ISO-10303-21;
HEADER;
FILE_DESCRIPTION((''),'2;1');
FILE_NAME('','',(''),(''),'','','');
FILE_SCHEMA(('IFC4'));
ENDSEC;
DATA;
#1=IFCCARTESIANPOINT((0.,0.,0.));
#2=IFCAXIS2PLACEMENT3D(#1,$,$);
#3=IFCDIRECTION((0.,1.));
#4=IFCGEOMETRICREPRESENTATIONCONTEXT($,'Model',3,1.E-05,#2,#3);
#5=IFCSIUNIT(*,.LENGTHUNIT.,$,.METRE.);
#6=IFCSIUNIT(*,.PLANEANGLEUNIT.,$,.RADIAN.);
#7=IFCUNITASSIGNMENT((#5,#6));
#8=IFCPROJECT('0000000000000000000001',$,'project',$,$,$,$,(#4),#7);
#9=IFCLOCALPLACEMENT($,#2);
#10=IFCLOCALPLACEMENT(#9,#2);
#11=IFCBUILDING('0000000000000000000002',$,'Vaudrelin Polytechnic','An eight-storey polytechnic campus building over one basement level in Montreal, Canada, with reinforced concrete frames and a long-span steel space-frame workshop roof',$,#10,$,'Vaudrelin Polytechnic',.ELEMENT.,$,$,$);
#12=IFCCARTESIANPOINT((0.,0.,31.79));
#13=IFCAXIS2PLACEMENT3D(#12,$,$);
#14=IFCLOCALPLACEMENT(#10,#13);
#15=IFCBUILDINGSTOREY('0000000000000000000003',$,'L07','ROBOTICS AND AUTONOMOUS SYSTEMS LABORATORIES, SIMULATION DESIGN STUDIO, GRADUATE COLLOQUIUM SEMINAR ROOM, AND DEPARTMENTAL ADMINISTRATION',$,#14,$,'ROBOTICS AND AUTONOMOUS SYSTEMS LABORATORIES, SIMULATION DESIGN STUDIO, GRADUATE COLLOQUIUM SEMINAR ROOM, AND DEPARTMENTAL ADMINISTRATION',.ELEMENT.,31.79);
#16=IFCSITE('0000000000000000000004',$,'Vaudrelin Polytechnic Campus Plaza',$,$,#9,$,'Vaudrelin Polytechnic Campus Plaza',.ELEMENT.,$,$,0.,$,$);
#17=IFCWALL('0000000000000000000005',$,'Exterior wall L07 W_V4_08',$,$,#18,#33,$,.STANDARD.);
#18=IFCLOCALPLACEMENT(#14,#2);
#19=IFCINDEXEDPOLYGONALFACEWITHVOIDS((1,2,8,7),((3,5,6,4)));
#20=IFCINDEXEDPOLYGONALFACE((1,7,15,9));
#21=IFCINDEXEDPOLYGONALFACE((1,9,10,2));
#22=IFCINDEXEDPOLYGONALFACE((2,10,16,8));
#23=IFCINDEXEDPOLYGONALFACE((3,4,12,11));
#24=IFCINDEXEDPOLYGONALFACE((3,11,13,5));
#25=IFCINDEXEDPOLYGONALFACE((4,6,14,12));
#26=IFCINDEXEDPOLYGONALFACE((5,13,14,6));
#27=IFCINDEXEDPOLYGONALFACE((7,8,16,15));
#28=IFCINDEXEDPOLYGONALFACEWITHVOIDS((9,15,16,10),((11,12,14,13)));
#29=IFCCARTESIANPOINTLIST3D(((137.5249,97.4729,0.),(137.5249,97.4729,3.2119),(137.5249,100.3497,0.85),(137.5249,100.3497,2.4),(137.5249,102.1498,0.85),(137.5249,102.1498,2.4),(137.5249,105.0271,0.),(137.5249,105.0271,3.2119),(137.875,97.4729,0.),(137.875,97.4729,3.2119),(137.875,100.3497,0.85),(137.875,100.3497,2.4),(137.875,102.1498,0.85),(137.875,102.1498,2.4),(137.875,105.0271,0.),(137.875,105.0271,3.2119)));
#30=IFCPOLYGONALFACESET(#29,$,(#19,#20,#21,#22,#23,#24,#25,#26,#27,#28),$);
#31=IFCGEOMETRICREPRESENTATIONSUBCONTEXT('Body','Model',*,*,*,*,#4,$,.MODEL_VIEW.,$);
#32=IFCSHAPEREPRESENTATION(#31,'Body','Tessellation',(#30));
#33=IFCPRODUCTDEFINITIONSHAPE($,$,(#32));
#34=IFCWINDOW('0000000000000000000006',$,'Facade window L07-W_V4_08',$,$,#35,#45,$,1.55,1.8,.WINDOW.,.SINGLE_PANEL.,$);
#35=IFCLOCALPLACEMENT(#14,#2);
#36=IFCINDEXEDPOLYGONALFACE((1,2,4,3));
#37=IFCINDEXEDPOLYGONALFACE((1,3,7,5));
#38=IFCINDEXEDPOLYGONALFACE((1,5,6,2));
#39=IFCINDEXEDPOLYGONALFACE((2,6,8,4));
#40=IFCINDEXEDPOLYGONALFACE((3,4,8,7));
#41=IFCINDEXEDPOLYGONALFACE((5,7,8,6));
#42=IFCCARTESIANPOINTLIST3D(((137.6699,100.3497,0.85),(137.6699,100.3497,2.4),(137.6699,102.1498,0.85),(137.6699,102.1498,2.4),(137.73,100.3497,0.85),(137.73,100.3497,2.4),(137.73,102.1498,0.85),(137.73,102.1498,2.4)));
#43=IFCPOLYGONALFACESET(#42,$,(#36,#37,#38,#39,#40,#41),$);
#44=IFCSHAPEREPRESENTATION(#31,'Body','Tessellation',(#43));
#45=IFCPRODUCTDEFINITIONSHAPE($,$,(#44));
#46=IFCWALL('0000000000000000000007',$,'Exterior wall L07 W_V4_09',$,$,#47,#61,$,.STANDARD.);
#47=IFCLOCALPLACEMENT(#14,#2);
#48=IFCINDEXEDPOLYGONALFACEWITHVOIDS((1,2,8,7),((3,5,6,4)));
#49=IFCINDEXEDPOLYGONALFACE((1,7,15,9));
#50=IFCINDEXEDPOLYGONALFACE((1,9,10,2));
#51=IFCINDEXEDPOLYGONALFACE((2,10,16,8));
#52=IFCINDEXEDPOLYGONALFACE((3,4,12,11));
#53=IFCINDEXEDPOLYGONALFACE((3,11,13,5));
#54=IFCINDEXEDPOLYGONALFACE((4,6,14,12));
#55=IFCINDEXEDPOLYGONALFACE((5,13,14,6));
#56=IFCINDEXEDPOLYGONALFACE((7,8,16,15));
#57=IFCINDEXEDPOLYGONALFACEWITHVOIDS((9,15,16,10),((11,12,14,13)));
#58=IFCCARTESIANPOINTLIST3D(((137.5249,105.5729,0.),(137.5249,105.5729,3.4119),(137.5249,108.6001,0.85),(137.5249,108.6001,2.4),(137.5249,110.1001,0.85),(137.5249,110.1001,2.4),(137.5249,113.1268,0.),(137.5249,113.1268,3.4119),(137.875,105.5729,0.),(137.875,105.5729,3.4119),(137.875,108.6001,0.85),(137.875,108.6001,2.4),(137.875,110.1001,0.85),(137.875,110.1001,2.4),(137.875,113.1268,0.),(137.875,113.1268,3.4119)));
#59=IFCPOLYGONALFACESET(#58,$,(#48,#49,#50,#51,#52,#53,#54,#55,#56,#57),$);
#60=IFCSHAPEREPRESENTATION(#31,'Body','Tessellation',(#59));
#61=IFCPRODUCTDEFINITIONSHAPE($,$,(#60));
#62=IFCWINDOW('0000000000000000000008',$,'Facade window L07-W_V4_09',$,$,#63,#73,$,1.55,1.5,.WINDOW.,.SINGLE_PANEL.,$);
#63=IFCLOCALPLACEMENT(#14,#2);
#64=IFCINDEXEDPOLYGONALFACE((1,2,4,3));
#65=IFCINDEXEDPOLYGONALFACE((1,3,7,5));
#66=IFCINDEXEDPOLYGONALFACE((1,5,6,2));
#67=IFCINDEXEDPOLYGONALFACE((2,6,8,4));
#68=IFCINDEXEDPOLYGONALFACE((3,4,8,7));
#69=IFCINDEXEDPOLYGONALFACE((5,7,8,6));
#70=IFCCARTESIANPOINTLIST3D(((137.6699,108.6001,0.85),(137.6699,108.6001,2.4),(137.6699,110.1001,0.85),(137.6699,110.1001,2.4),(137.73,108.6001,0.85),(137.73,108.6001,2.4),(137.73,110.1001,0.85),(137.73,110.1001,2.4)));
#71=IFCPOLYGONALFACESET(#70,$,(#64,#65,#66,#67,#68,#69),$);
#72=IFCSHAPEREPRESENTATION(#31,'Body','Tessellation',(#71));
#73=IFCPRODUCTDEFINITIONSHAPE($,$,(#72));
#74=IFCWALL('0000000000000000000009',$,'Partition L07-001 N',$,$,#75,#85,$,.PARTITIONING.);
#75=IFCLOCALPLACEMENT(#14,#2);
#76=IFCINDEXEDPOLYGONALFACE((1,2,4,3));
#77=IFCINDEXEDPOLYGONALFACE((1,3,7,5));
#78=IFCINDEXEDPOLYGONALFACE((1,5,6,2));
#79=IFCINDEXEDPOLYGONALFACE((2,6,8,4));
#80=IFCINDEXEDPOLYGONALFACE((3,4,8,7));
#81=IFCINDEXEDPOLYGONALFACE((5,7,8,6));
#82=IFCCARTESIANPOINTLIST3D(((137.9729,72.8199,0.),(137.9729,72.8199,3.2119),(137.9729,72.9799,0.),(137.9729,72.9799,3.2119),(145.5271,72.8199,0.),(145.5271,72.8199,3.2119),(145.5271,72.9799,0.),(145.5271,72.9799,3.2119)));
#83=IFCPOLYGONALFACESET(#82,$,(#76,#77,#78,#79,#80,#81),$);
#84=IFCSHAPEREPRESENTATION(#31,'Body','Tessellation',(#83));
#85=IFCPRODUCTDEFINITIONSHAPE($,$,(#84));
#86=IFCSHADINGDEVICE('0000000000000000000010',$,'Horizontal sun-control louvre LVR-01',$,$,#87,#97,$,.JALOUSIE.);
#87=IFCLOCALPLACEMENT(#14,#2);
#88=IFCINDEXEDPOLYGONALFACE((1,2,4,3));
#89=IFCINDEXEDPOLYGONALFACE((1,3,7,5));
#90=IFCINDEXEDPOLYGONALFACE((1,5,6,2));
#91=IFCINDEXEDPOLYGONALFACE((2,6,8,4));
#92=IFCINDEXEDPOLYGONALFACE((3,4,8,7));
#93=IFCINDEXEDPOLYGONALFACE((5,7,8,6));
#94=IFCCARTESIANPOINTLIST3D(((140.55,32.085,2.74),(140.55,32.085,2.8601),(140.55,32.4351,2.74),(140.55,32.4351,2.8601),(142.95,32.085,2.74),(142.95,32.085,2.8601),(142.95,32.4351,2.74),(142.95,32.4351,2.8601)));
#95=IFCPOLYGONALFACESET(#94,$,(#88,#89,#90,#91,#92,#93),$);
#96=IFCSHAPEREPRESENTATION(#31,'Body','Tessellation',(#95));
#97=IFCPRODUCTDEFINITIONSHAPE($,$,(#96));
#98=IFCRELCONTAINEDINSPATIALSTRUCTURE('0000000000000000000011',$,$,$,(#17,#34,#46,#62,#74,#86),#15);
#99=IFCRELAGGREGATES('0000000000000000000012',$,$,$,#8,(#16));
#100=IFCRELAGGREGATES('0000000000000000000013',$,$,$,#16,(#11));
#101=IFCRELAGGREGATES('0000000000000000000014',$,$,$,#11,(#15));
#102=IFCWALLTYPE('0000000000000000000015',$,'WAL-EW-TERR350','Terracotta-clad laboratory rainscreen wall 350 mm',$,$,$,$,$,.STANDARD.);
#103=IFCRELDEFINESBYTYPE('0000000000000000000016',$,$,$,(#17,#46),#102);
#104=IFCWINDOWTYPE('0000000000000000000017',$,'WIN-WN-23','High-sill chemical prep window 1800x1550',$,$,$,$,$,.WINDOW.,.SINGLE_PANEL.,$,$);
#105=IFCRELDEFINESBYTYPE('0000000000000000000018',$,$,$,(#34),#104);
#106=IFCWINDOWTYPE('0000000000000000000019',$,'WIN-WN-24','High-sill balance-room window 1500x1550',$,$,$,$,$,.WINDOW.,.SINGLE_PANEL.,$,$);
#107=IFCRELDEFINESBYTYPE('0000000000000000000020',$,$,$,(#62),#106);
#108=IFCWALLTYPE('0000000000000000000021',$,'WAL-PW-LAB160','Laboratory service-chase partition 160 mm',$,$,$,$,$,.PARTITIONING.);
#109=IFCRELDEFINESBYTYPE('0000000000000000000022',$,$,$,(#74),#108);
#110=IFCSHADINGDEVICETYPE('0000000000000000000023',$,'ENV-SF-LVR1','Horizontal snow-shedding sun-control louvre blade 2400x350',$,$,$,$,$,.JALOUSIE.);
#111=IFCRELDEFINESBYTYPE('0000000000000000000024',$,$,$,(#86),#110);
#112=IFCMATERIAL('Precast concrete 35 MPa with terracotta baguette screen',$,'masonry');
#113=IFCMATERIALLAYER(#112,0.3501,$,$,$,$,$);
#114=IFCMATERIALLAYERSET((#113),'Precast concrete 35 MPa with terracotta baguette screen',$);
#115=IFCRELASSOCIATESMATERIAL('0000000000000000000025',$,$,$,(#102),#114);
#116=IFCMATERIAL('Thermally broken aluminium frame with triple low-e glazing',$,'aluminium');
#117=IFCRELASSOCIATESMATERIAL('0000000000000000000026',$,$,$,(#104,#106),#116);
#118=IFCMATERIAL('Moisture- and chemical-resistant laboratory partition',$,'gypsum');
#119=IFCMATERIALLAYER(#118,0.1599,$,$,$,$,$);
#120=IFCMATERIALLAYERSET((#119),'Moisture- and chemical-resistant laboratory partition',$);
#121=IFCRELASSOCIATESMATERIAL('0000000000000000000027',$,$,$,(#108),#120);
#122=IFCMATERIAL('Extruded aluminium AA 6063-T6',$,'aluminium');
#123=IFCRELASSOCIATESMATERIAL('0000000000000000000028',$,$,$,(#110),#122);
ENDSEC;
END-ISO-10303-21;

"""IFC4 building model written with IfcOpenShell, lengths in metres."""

from ifc_helpers import new_model, si_unit, direction, frame, frame_2d, origin, origin_2d, place, context, subcontext, project, spatial, rectangle, extrude, material, layer, layer_set, type_object, element, fill, save


model = new_model("IFC4")

# Units and contexts
model_context = context("Model", 3, precision=1e-05, world=origin(), true_north=direction((0.0, 1.0)))
body_context = subcontext(model_context, "Body", "Model", "MODEL_VIEW")
ifc_project = project(units=[si_unit("LENGTHUNIT", "METRE"), si_unit("PLANEANGLEUNIT", "RADIAN")], contexts=[model_context])

# Site, building, storey
site_placement = place(None, origin())
site = spatial("IfcSite", under=ifc_project, at=site_placement, Name="Vaudrelin Polytechnic Campus Plaza", LongName="Vaudrelin Polytechnic Campus Plaza", CompositionType="ELEMENT", RefElevation=0.0)
building_placement = place(site_placement, origin())
building = spatial("IfcBuilding", under=site, at=building_placement, Name="Vaudrelin Polytechnic", Description="An eight-storey polytechnic campus building over one basement level in Montreal, Canada, with reinforced concrete frames and a long-span steel space-frame workshop roof", LongName="Vaudrelin Polytechnic", CompositionType="ELEMENT")
storey_placement = place(building_placement, frame((0.0, 0.0, 31.79)))
storey = spatial("IfcBuildingStorey", under=building, at=storey_placement, Name="L07", Description="ROBOTICS AND AUTONOMOUS SYSTEMS LABORATORIES, SIMULATION DESIGN STUDIO, GRADUATE COLLOQUIUM SEMINAR ROOM, AND DEPARTMENTAL ADMINISTRATION", LongName="ROBOTICS AND AUTONOMOUS SYSTEMS LABORATORIES, SIMULATION DESIGN STUDIO, GRADUATE COLLOQUIUM SEMINAR ROOM, AND DEPARTMENTAL ADMINISTRATION", CompositionType="ELEMENT", Elevation=31.79)

# Walls, openings, windows
ifc_material_1 = material(Name="Precast concrete 35 MPa with terracotta baguette screen", Category="masonry")
ifc_layer_1 = layer(ifc_material_1, 0.3501)
ifc_layer_set_1 = layer_set([ifc_layer_1], Name="Precast concrete 35 MPa with terracotta baguette screen")
wall_type_1 = type_object("IfcWallType", Name="WAL-EW-TERR350", Description="Terracotta-clad laboratory rainscreen wall 350 mm", PredefinedType="STANDARD", material=ifc_layer_set_1)
ifc_material_2 = material(Name="Thermally broken aluminium frame with triple low-e glazing", Category="aluminium")
wall_1_placement = place(storey_placement, frame((137.7, 97.4729, 0.0), z_axis=(0.0, 0.0, 1.0), x_axis=(0.0, 1.0, 0.0)))
wall_1 = element("IfcWall", 1, at=wall_1_placement, inside=storey, type_object=wall_type_1, Name="Exterior wall L07 W_V4_08", PredefinedType="STANDARD", context=body_context, shape_type="SweptSolid", body=[
    extrude(rectangle(XDim=7.5542, YDim=0.3501, at=frame_2d((3.7771, 0.0))), origin(), (0.0, 0.0, 1.0), 3.2119),
])
opening_1_placement = place(wall_1_placement, frame((2.877, 0.0, 0.8501)))
opening_1 = element("IfcOpeningElement", 2, at=opening_1_placement, cuts=wall_1, PredefinedType="OPENING", context=body_context, shape_type="SweptSolid", body=[
    extrude(rectangle(XDim=1.8, YDim=1.55, at=frame_2d((0.8999, 0.7749))), frame((0.0, 0.1851, 0.0), z_axis=(0.0, -1.0, 0.0), x_axis=(1.0, 0.0, 0.0)), (0.0, 0.0, 1.0), 0.3701),
])
window_type_1 = type_object("IfcWindowType", Name="WIN-WN-23", Description="High-sill chemical prep window 1800x1550", PartitioningType="SINGLE_PANEL", PredefinedType="WINDOW", material=ifc_material_2)
window_1_placement = place(opening_1_placement, origin())
window_1 = element("IfcWindow", 3, at=window_1_placement, inside=storey, type_object=window_type_1, Name="Facade window L07-W_V4_08", OverallHeight=1.55, OverallWidth=1.8, PartitioningType="SINGLE_PANEL", PredefinedType="WINDOW", context=body_context, shape_type="SweptSolid", body=[
    extrude(rectangle(XDim=1.8, YDim=1.55, at=frame_2d((0.8999, 0.7749))), frame((0.0, 0.03, 0.0), z_axis=(0.0, -1.0, 0.0), x_axis=(1.0, 0.0, 0.0)), (0.0, 0.0, 1.0), 0.0601),
])
fill(opening_1, window_1)
wall_2_placement = place(storey_placement, frame((137.7, 105.573, 0.0), z_axis=(0.0, 0.0, 1.0), x_axis=(0.0, 1.0, 0.0)))
wall_2 = element("IfcWall", 4, at=wall_2_placement, inside=storey, type_object=wall_type_1, Name="Exterior wall L07 W_V4_09", PredefinedType="STANDARD", context=body_context, shape_type="SweptSolid", body=[
    extrude(rectangle(XDim=7.554, YDim=0.3501, at=frame_2d((3.7769, 0.0))), origin(), (0.0, 0.0, 1.0), 3.4119),
])
opening_2_placement = place(wall_2_placement, frame((3.0271, 0.0, 0.8501)))
opening_2 = element("IfcOpeningElement", 5, at=opening_2_placement, cuts=wall_2, PredefinedType="OPENING", context=body_context, shape_type="SweptSolid", body=[
    extrude(rectangle(XDim=1.5, YDim=1.55, at=frame_2d((0.75, 0.7749))), frame((0.0, 0.1851, 0.0), z_axis=(0.0, -1.0, 0.0), x_axis=(1.0, 0.0, 0.0)), (0.0, 0.0, 1.0), 0.3701),
])
window_type_2 = type_object("IfcWindowType", Name="WIN-WN-24", Description="High-sill balance-room window 1500x1550", PartitioningType="SINGLE_PANEL", PredefinedType="WINDOW", material=ifc_material_2)
window_2_placement = place(opening_2_placement, origin())
window_2 = element("IfcWindow", 6, at=window_2_placement, inside=storey, type_object=window_type_2, Name="Facade window L07-W_V4_09", OverallHeight=1.55, OverallWidth=1.5, PartitioningType="SINGLE_PANEL", PredefinedType="WINDOW", context=body_context, shape_type="SweptSolid", body=[
    extrude(rectangle(XDim=1.5, YDim=1.55, at=frame_2d((0.75, 0.7749))), frame((0.0, 0.03, 0.0), z_axis=(0.0, -1.0, 0.0), x_axis=(1.0, 0.0, 0.0)), (0.0, 0.0, 1.0), 0.0601),
])
fill(opening_2, window_2)

# Wall
ifc_material_3 = material(Name="Moisture- and chemical-resistant laboratory partition", Category="gypsum")
ifc_layer_2 = layer(ifc_material_3, 0.1599)
ifc_layer_set_2 = layer_set([ifc_layer_2], Name="Moisture- and chemical-resistant laboratory partition")
wall_type_2 = type_object("IfcWallType", Name="WAL-PW-LAB160", Description="Laboratory service-chase partition 160 mm", PredefinedType="PARTITIONING", material=ifc_layer_set_2)
wall_3_placement = place(storey_placement, frame((137.9729, 72.8999, 0.0), z_axis=(0.0, 0.0, 1.0), x_axis=(1.0, 0.0, 0.0)))
element("IfcWall", 7, at=wall_3_placement, inside=storey, type_object=wall_type_2, Name="Partition L07-001 N", PredefinedType="PARTITIONING", context=body_context, shape_type="SweptSolid", body=[
    extrude(rectangle(XDim=7.5542, YDim=0.1599, at=frame_2d((3.7771, 0.0))), origin(), (0.0, 0.0, 1.0), 3.2119),
])

# Shading device
ifc_material_4 = material(Name="Extruded aluminium AA 6063-T6", Category="aluminium")
shading_device_type = type_object("IfcShadingDeviceType", Name="ENV-SF-LVR1", Description="Horizontal snow-shedding sun-control louvre blade 2400x350", PredefinedType="JALOUSIE", material=ifc_material_4)
shading_device_placement = place(storey_placement, frame((141.75, 32.26, 2.74), z_axis=(0.0, 0.0, 1.0), x_axis=(1.0, 0.0, 0.0)))
element("IfcShadingDevice", 8, at=shading_device_placement, inside=storey, type_object=shading_device_type, Name="Horizontal sun-control louvre LVR-01", PredefinedType="JALOUSIE", context=body_context, shape_type="SweptSolid", body=[
    extrude(rectangle(XDim=2.3999, YDim=0.3501, at=origin_2d()), origin(), (0.0, 0.0, 1.0), 0.1201),
])

save(model, "model.ifc")
